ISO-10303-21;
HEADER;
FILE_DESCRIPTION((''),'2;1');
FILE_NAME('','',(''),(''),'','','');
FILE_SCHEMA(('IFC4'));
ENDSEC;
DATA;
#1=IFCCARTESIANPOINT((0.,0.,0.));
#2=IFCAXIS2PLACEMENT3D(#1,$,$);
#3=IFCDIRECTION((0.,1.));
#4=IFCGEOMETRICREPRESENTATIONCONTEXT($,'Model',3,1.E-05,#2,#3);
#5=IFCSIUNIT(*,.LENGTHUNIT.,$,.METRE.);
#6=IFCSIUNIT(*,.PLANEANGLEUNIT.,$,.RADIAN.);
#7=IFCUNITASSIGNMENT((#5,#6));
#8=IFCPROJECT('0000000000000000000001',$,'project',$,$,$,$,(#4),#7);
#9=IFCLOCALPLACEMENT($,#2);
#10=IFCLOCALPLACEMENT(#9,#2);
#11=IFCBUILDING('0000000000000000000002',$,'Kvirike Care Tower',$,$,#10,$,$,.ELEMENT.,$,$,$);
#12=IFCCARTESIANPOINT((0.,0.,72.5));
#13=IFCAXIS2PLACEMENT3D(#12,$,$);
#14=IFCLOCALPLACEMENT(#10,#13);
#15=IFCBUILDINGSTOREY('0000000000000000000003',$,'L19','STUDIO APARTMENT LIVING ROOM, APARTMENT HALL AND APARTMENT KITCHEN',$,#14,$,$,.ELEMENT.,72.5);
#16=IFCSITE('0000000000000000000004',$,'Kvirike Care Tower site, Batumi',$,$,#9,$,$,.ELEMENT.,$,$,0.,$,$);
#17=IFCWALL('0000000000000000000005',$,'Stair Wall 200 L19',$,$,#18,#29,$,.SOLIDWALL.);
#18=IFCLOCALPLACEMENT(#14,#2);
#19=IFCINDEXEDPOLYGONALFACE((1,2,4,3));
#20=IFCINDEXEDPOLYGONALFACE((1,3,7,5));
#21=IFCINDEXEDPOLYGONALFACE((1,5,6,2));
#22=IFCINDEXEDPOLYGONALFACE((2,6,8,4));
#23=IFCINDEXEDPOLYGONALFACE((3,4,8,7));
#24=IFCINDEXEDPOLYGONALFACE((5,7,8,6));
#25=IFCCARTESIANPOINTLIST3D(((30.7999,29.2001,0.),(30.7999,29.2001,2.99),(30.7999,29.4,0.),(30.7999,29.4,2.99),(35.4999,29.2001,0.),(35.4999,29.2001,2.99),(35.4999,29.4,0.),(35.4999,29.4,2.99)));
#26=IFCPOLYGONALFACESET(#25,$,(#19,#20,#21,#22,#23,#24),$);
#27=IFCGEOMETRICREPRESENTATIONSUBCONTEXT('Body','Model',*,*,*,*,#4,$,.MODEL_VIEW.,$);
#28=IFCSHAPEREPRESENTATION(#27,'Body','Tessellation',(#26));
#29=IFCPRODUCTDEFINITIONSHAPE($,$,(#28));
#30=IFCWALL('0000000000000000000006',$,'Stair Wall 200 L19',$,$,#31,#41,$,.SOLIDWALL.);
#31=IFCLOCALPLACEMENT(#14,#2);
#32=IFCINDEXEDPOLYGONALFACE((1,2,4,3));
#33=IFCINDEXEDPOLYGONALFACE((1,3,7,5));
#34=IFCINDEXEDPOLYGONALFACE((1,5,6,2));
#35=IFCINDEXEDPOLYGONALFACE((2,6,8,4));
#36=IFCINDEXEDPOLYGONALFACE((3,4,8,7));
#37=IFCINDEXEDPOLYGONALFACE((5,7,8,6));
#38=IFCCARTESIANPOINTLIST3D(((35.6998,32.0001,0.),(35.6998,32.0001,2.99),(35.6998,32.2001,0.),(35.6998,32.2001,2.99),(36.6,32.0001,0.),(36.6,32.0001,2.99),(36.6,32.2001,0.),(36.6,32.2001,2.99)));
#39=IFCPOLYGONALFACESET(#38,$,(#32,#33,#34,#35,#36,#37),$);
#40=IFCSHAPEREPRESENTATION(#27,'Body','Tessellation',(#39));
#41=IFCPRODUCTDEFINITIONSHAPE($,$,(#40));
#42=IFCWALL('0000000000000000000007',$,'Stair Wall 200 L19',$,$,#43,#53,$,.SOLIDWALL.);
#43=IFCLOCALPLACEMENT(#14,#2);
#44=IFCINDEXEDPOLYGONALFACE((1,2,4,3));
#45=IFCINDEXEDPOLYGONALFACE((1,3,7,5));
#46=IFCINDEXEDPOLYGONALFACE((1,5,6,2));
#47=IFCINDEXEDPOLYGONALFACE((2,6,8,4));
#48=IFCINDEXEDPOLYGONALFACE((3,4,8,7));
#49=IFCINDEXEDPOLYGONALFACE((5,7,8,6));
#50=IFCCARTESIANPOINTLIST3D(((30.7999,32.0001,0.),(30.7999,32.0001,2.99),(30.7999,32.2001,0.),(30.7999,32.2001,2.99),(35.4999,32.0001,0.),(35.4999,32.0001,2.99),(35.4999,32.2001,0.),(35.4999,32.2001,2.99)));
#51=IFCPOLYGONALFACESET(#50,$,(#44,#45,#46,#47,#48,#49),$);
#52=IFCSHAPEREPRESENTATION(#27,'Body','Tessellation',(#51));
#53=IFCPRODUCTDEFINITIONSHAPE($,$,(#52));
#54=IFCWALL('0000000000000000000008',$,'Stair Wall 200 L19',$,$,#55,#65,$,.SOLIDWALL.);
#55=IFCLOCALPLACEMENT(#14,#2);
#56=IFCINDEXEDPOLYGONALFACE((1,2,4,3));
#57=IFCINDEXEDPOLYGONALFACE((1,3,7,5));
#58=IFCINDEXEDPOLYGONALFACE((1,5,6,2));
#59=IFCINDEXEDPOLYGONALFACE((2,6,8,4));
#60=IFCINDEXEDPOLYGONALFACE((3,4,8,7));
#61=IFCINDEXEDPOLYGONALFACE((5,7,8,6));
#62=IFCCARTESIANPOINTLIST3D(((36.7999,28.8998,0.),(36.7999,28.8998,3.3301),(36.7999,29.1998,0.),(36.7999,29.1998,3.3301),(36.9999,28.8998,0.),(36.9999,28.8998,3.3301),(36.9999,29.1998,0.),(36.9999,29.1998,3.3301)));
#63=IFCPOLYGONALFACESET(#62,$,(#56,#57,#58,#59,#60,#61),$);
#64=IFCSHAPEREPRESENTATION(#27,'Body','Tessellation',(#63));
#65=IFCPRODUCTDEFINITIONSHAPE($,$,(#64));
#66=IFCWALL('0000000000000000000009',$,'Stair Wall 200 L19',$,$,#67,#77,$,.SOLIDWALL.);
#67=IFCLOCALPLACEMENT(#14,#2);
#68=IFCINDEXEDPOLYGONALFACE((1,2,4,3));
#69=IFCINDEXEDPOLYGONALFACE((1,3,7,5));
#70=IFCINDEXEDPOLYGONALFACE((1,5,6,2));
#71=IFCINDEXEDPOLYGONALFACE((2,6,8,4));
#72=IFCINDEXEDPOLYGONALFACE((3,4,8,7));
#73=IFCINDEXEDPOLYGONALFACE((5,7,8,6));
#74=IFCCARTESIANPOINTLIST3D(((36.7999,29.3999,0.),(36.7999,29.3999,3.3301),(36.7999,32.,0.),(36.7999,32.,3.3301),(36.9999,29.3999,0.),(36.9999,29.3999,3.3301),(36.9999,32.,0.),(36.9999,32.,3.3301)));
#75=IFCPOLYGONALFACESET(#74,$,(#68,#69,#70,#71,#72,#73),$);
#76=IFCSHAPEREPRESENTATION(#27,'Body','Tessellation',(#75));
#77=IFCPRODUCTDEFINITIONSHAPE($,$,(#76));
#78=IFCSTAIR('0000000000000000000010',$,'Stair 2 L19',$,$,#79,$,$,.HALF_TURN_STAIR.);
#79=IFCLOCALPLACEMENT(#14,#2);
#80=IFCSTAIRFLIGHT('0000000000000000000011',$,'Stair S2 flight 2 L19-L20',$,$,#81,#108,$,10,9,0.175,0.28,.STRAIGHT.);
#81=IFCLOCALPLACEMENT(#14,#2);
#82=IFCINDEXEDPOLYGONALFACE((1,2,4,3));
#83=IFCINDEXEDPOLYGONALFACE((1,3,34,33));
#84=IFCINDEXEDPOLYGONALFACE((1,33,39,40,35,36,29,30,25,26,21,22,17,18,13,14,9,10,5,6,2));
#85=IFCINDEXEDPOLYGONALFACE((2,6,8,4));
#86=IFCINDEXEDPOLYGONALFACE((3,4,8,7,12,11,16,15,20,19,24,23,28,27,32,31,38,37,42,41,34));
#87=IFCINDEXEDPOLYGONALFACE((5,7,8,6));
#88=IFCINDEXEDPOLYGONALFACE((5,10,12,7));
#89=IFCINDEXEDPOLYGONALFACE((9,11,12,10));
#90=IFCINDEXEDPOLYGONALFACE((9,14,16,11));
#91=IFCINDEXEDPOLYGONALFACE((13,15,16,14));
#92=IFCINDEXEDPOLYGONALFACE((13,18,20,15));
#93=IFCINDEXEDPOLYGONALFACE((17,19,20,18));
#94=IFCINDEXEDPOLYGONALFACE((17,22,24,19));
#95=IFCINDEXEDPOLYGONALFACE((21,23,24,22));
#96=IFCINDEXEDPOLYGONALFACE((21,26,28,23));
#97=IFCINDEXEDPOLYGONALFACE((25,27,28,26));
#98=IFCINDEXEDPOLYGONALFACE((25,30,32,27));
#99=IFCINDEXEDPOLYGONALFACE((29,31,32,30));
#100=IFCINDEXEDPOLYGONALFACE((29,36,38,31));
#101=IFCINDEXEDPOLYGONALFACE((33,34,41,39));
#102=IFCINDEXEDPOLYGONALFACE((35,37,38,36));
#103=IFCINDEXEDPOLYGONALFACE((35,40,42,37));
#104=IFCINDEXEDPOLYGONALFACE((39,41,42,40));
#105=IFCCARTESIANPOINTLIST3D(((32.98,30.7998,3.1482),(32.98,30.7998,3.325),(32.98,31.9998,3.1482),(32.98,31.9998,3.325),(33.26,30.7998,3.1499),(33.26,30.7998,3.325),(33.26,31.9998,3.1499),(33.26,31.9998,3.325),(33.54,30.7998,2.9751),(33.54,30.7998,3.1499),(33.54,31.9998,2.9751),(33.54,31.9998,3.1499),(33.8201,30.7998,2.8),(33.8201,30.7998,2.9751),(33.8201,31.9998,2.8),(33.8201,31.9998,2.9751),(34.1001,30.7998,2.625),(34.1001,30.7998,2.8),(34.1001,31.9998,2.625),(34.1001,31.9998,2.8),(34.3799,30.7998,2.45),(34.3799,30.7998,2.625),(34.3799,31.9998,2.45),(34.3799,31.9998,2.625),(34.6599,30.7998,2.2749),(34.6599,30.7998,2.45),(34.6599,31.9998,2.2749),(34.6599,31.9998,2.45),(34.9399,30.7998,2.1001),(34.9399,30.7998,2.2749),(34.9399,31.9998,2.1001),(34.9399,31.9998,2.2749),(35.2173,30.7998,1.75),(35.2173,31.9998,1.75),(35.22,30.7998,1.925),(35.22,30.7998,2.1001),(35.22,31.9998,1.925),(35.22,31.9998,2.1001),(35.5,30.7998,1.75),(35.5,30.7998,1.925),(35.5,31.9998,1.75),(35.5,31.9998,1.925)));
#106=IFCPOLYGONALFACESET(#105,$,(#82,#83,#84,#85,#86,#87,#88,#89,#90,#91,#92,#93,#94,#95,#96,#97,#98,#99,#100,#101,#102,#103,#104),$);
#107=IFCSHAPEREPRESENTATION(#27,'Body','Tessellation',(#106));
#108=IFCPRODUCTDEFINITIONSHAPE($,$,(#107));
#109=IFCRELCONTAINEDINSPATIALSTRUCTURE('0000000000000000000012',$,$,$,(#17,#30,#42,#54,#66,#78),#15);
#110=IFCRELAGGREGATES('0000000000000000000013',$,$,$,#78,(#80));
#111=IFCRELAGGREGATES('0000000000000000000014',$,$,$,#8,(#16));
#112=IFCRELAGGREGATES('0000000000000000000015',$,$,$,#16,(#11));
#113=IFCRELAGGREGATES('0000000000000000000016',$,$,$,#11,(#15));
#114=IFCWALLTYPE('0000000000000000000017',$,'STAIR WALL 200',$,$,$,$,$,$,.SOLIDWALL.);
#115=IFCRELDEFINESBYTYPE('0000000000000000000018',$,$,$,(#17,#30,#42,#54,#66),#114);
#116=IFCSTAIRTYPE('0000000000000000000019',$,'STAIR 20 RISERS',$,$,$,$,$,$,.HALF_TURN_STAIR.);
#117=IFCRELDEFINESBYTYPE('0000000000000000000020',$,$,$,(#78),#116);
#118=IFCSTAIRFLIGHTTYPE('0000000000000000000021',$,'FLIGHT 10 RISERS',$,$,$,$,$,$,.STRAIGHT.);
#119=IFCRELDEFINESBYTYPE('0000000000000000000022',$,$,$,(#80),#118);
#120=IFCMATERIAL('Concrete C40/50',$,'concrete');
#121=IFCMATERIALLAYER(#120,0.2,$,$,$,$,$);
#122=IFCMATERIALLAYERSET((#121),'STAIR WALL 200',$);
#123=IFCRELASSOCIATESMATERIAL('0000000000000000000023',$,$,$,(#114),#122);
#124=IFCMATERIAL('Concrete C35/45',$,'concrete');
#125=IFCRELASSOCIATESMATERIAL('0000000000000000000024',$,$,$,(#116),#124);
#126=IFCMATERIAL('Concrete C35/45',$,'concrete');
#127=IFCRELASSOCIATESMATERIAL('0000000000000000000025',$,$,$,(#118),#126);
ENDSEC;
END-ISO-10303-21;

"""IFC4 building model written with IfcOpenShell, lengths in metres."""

from ifc_helpers import new_model, si_unit, direction, frame, frame_2d, origin, place, context, subcontext, project, spatial, polyline, rectangle, outline, extrude, material, layer, layer_set, type_object, element, aggregate, save


model = new_model("IFC4")

# Units and contexts
model_context = context("Model", 3, precision=1e-05, world=origin(), true_north=direction((0.0, 1.0)))
body_context = subcontext(model_context, "Body", "Model", "MODEL_VIEW")
ifc_project = project(units=[si_unit("LENGTHUNIT", "METRE"), si_unit("PLANEANGLEUNIT", "RADIAN")], contexts=[model_context])

# Site, building, storey
site_placement = place(None, origin())
site = spatial("IfcSite", under=ifc_project, at=site_placement, Name="Kvirike Care Tower site, Batumi", CompositionType="ELEMENT", RefElevation=0.0)
building_placement = place(site_placement, origin())
building = spatial("IfcBuilding", under=site, at=building_placement, Name="Kvirike Care Tower", CompositionType="ELEMENT")
storey_placement = place(building_placement, frame((0.0, 0.0, 72.5)))
storey = spatial("IfcBuildingStorey", under=building, at=storey_placement, Name="L19", Description="STUDIO APARTMENT LIVING ROOM, APARTMENT HALL AND APARTMENT KITCHEN", CompositionType="ELEMENT", Elevation=72.5)

# Walls
ifc_material_1 = material(Name="Concrete C40/50", Category="concrete")
ifc_layer_1 = layer(ifc_material_1, 0.2)
ifc_layer_set_1 = layer_set([ifc_layer_1], Name="STAIR WALL 200")
wall_type_1 = type_object("IfcWallType", Name="STAIR WALL 200", PredefinedType="SOLIDWALL", material=ifc_layer_set_1)
wall_1_placement = place(storey_placement, frame((35.5, 29.3, 0.0), z_axis=(0.0, 0.0, 1.0), x_axis=(-1.0, 0.0, 0.0)))
element("IfcWall", 1, at=wall_1_placement, inside=storey, type_object=wall_type_1, Name="Stair Wall 200 L19", PredefinedType="SOLIDWALL", context=body_context, shape_type="SweptSolid", body=[
    extrude(rectangle(XDim=4.7, YDim=0.2, at=frame_2d((2.3501, 0.0))), origin(), (0.0, 0.0, 1.0), 2.99),
])
wall_2_placement = place(storey_placement, frame((36.6001, 32.1001, 0.0), z_axis=(0.0, 0.0, 1.0), x_axis=(-1.0, 0.0, 0.0)))
element("IfcWall", 2, at=wall_2_placement, inside=storey, type_object=wall_type_1, Name="Stair Wall 200 L19", PredefinedType="SOLIDWALL", context=body_context, shape_type="SweptSolid", body=[
    extrude(rectangle(XDim=0.9001, YDim=0.2, at=frame_2d((0.4502, 0.0))), origin(), (0.0, 0.0, 1.0), 2.99),
])
wall_3_placement = place(storey_placement, frame((35.5, 32.1001, 0.0), z_axis=(0.0, 0.0, 1.0), x_axis=(-1.0, 0.0, 0.0)))
element("IfcWall", 3, at=wall_3_placement, inside=storey, type_object=wall_type_1, Name="Stair Wall 200 L19", PredefinedType="SOLIDWALL", context=body_context, shape_type="SweptSolid", body=[
    extrude(rectangle(XDim=4.7, YDim=0.2, at=frame_2d((2.3501, 0.0))), origin(), (0.0, 0.0, 1.0), 2.99),
])
wall_4_placement = place(storey_placement, frame((36.8999, 28.8999, 0.0), z_axis=(0.0, 0.0, 1.0), x_axis=(0.0, 1.0, 0.0)))
element("IfcWall", 4, at=wall_4_placement, inside=storey, type_object=wall_type_1, Name="Stair Wall 200 L19", PredefinedType="SOLIDWALL", context=body_context, shape_type="SweptSolid", body=[
    extrude(rectangle(XDim=0.3, YDim=0.2, at=frame_2d((0.1499, 0.0))), origin(), (0.0, 0.0, 1.0), 3.3301),
])
wall_5_placement = place(storey_placement, frame((36.8999, 29.3999, 0.0), z_axis=(0.0, 0.0, 1.0), x_axis=(0.0, 1.0, 0.0)))
element("IfcWall", 5, at=wall_5_placement, inside=storey, type_object=wall_type_1, Name="Stair Wall 200 L19", PredefinedType="SOLIDWALL", context=body_context, shape_type="SweptSolid", body=[
    extrude(rectangle(XDim=2.6001, YDim=0.2, at=frame_2d((1.3, 0.0))), origin(), (0.0, 0.0, 1.0), 3.3301),
])

# Stair, stair flight
ifc_material_2 = material(Name="Concrete C35/45", Category="concrete")
stair_type = type_object("IfcStairType", Name="STAIR 20 RISERS", PredefinedType="HALF_TURN_STAIR", material=ifc_material_2)
stair_placement = place(storey_placement, origin())
stair = element("IfcStair", 6, at=stair_placement, inside=storey, type_object=stair_type, Name="Stair 2 L19", PredefinedType="HALF_TURN_STAIR")
ifc_material_3 = material(Name="Concrete C35/45", Category="concrete")
stair_flight_type = type_object("IfcStairFlightType", Name="FLIGHT 10 RISERS", PredefinedType="STRAIGHT", material=ifc_material_3)
stair_flight_placement = place(storey_placement, frame((35.5, 31.3999, 1.75), z_axis=(0.0, 0.0, 1.0), x_axis=(-1.0, 0.0, 0.0)))
stair_flight = element("IfcStairFlight", 7, at=stair_flight_placement, type_object=stair_flight_type, Name="Stair S2 flight 2 L19-L20", NumberOfRisers=10, NumberOfTreads=9, PredefinedType="STRAIGHT", RiserHeight=0.175, TreadLength=0.28, context=body_context, shape_type="SweptSolid", body=[
    extrude(outline(polyline([(0.0, 0.0), (0.0, 0.175), (0.28, 0.175), (0.28, 0.3501), (0.5601, 0.3501), (0.5601, 0.5249), (0.8401, 0.5249), (0.8401, 0.7), (1.1201, 0.7), (1.1201, 0.875), (1.3999, 0.875), (1.3999, 1.05), (1.6799, 1.05), (1.6799, 1.2251), (1.96, 1.2251), (1.96, 1.3999), (2.24, 1.3999), (2.24, 1.575), (2.52, 1.575), (2.52, 1.75), (2.52, 1.3982), (0.2827, 0.0), (0.0, 0.0)])), frame((0.0, 0.6001, 0.0), z_axis=(0.0, -1.0, 0.0), x_axis=(1.0, 0.0, 0.0)), (0.0, 0.0, 1.0), 1.2),
])
aggregate(stair, [stair_flight])

save(model, "model.ifc")
